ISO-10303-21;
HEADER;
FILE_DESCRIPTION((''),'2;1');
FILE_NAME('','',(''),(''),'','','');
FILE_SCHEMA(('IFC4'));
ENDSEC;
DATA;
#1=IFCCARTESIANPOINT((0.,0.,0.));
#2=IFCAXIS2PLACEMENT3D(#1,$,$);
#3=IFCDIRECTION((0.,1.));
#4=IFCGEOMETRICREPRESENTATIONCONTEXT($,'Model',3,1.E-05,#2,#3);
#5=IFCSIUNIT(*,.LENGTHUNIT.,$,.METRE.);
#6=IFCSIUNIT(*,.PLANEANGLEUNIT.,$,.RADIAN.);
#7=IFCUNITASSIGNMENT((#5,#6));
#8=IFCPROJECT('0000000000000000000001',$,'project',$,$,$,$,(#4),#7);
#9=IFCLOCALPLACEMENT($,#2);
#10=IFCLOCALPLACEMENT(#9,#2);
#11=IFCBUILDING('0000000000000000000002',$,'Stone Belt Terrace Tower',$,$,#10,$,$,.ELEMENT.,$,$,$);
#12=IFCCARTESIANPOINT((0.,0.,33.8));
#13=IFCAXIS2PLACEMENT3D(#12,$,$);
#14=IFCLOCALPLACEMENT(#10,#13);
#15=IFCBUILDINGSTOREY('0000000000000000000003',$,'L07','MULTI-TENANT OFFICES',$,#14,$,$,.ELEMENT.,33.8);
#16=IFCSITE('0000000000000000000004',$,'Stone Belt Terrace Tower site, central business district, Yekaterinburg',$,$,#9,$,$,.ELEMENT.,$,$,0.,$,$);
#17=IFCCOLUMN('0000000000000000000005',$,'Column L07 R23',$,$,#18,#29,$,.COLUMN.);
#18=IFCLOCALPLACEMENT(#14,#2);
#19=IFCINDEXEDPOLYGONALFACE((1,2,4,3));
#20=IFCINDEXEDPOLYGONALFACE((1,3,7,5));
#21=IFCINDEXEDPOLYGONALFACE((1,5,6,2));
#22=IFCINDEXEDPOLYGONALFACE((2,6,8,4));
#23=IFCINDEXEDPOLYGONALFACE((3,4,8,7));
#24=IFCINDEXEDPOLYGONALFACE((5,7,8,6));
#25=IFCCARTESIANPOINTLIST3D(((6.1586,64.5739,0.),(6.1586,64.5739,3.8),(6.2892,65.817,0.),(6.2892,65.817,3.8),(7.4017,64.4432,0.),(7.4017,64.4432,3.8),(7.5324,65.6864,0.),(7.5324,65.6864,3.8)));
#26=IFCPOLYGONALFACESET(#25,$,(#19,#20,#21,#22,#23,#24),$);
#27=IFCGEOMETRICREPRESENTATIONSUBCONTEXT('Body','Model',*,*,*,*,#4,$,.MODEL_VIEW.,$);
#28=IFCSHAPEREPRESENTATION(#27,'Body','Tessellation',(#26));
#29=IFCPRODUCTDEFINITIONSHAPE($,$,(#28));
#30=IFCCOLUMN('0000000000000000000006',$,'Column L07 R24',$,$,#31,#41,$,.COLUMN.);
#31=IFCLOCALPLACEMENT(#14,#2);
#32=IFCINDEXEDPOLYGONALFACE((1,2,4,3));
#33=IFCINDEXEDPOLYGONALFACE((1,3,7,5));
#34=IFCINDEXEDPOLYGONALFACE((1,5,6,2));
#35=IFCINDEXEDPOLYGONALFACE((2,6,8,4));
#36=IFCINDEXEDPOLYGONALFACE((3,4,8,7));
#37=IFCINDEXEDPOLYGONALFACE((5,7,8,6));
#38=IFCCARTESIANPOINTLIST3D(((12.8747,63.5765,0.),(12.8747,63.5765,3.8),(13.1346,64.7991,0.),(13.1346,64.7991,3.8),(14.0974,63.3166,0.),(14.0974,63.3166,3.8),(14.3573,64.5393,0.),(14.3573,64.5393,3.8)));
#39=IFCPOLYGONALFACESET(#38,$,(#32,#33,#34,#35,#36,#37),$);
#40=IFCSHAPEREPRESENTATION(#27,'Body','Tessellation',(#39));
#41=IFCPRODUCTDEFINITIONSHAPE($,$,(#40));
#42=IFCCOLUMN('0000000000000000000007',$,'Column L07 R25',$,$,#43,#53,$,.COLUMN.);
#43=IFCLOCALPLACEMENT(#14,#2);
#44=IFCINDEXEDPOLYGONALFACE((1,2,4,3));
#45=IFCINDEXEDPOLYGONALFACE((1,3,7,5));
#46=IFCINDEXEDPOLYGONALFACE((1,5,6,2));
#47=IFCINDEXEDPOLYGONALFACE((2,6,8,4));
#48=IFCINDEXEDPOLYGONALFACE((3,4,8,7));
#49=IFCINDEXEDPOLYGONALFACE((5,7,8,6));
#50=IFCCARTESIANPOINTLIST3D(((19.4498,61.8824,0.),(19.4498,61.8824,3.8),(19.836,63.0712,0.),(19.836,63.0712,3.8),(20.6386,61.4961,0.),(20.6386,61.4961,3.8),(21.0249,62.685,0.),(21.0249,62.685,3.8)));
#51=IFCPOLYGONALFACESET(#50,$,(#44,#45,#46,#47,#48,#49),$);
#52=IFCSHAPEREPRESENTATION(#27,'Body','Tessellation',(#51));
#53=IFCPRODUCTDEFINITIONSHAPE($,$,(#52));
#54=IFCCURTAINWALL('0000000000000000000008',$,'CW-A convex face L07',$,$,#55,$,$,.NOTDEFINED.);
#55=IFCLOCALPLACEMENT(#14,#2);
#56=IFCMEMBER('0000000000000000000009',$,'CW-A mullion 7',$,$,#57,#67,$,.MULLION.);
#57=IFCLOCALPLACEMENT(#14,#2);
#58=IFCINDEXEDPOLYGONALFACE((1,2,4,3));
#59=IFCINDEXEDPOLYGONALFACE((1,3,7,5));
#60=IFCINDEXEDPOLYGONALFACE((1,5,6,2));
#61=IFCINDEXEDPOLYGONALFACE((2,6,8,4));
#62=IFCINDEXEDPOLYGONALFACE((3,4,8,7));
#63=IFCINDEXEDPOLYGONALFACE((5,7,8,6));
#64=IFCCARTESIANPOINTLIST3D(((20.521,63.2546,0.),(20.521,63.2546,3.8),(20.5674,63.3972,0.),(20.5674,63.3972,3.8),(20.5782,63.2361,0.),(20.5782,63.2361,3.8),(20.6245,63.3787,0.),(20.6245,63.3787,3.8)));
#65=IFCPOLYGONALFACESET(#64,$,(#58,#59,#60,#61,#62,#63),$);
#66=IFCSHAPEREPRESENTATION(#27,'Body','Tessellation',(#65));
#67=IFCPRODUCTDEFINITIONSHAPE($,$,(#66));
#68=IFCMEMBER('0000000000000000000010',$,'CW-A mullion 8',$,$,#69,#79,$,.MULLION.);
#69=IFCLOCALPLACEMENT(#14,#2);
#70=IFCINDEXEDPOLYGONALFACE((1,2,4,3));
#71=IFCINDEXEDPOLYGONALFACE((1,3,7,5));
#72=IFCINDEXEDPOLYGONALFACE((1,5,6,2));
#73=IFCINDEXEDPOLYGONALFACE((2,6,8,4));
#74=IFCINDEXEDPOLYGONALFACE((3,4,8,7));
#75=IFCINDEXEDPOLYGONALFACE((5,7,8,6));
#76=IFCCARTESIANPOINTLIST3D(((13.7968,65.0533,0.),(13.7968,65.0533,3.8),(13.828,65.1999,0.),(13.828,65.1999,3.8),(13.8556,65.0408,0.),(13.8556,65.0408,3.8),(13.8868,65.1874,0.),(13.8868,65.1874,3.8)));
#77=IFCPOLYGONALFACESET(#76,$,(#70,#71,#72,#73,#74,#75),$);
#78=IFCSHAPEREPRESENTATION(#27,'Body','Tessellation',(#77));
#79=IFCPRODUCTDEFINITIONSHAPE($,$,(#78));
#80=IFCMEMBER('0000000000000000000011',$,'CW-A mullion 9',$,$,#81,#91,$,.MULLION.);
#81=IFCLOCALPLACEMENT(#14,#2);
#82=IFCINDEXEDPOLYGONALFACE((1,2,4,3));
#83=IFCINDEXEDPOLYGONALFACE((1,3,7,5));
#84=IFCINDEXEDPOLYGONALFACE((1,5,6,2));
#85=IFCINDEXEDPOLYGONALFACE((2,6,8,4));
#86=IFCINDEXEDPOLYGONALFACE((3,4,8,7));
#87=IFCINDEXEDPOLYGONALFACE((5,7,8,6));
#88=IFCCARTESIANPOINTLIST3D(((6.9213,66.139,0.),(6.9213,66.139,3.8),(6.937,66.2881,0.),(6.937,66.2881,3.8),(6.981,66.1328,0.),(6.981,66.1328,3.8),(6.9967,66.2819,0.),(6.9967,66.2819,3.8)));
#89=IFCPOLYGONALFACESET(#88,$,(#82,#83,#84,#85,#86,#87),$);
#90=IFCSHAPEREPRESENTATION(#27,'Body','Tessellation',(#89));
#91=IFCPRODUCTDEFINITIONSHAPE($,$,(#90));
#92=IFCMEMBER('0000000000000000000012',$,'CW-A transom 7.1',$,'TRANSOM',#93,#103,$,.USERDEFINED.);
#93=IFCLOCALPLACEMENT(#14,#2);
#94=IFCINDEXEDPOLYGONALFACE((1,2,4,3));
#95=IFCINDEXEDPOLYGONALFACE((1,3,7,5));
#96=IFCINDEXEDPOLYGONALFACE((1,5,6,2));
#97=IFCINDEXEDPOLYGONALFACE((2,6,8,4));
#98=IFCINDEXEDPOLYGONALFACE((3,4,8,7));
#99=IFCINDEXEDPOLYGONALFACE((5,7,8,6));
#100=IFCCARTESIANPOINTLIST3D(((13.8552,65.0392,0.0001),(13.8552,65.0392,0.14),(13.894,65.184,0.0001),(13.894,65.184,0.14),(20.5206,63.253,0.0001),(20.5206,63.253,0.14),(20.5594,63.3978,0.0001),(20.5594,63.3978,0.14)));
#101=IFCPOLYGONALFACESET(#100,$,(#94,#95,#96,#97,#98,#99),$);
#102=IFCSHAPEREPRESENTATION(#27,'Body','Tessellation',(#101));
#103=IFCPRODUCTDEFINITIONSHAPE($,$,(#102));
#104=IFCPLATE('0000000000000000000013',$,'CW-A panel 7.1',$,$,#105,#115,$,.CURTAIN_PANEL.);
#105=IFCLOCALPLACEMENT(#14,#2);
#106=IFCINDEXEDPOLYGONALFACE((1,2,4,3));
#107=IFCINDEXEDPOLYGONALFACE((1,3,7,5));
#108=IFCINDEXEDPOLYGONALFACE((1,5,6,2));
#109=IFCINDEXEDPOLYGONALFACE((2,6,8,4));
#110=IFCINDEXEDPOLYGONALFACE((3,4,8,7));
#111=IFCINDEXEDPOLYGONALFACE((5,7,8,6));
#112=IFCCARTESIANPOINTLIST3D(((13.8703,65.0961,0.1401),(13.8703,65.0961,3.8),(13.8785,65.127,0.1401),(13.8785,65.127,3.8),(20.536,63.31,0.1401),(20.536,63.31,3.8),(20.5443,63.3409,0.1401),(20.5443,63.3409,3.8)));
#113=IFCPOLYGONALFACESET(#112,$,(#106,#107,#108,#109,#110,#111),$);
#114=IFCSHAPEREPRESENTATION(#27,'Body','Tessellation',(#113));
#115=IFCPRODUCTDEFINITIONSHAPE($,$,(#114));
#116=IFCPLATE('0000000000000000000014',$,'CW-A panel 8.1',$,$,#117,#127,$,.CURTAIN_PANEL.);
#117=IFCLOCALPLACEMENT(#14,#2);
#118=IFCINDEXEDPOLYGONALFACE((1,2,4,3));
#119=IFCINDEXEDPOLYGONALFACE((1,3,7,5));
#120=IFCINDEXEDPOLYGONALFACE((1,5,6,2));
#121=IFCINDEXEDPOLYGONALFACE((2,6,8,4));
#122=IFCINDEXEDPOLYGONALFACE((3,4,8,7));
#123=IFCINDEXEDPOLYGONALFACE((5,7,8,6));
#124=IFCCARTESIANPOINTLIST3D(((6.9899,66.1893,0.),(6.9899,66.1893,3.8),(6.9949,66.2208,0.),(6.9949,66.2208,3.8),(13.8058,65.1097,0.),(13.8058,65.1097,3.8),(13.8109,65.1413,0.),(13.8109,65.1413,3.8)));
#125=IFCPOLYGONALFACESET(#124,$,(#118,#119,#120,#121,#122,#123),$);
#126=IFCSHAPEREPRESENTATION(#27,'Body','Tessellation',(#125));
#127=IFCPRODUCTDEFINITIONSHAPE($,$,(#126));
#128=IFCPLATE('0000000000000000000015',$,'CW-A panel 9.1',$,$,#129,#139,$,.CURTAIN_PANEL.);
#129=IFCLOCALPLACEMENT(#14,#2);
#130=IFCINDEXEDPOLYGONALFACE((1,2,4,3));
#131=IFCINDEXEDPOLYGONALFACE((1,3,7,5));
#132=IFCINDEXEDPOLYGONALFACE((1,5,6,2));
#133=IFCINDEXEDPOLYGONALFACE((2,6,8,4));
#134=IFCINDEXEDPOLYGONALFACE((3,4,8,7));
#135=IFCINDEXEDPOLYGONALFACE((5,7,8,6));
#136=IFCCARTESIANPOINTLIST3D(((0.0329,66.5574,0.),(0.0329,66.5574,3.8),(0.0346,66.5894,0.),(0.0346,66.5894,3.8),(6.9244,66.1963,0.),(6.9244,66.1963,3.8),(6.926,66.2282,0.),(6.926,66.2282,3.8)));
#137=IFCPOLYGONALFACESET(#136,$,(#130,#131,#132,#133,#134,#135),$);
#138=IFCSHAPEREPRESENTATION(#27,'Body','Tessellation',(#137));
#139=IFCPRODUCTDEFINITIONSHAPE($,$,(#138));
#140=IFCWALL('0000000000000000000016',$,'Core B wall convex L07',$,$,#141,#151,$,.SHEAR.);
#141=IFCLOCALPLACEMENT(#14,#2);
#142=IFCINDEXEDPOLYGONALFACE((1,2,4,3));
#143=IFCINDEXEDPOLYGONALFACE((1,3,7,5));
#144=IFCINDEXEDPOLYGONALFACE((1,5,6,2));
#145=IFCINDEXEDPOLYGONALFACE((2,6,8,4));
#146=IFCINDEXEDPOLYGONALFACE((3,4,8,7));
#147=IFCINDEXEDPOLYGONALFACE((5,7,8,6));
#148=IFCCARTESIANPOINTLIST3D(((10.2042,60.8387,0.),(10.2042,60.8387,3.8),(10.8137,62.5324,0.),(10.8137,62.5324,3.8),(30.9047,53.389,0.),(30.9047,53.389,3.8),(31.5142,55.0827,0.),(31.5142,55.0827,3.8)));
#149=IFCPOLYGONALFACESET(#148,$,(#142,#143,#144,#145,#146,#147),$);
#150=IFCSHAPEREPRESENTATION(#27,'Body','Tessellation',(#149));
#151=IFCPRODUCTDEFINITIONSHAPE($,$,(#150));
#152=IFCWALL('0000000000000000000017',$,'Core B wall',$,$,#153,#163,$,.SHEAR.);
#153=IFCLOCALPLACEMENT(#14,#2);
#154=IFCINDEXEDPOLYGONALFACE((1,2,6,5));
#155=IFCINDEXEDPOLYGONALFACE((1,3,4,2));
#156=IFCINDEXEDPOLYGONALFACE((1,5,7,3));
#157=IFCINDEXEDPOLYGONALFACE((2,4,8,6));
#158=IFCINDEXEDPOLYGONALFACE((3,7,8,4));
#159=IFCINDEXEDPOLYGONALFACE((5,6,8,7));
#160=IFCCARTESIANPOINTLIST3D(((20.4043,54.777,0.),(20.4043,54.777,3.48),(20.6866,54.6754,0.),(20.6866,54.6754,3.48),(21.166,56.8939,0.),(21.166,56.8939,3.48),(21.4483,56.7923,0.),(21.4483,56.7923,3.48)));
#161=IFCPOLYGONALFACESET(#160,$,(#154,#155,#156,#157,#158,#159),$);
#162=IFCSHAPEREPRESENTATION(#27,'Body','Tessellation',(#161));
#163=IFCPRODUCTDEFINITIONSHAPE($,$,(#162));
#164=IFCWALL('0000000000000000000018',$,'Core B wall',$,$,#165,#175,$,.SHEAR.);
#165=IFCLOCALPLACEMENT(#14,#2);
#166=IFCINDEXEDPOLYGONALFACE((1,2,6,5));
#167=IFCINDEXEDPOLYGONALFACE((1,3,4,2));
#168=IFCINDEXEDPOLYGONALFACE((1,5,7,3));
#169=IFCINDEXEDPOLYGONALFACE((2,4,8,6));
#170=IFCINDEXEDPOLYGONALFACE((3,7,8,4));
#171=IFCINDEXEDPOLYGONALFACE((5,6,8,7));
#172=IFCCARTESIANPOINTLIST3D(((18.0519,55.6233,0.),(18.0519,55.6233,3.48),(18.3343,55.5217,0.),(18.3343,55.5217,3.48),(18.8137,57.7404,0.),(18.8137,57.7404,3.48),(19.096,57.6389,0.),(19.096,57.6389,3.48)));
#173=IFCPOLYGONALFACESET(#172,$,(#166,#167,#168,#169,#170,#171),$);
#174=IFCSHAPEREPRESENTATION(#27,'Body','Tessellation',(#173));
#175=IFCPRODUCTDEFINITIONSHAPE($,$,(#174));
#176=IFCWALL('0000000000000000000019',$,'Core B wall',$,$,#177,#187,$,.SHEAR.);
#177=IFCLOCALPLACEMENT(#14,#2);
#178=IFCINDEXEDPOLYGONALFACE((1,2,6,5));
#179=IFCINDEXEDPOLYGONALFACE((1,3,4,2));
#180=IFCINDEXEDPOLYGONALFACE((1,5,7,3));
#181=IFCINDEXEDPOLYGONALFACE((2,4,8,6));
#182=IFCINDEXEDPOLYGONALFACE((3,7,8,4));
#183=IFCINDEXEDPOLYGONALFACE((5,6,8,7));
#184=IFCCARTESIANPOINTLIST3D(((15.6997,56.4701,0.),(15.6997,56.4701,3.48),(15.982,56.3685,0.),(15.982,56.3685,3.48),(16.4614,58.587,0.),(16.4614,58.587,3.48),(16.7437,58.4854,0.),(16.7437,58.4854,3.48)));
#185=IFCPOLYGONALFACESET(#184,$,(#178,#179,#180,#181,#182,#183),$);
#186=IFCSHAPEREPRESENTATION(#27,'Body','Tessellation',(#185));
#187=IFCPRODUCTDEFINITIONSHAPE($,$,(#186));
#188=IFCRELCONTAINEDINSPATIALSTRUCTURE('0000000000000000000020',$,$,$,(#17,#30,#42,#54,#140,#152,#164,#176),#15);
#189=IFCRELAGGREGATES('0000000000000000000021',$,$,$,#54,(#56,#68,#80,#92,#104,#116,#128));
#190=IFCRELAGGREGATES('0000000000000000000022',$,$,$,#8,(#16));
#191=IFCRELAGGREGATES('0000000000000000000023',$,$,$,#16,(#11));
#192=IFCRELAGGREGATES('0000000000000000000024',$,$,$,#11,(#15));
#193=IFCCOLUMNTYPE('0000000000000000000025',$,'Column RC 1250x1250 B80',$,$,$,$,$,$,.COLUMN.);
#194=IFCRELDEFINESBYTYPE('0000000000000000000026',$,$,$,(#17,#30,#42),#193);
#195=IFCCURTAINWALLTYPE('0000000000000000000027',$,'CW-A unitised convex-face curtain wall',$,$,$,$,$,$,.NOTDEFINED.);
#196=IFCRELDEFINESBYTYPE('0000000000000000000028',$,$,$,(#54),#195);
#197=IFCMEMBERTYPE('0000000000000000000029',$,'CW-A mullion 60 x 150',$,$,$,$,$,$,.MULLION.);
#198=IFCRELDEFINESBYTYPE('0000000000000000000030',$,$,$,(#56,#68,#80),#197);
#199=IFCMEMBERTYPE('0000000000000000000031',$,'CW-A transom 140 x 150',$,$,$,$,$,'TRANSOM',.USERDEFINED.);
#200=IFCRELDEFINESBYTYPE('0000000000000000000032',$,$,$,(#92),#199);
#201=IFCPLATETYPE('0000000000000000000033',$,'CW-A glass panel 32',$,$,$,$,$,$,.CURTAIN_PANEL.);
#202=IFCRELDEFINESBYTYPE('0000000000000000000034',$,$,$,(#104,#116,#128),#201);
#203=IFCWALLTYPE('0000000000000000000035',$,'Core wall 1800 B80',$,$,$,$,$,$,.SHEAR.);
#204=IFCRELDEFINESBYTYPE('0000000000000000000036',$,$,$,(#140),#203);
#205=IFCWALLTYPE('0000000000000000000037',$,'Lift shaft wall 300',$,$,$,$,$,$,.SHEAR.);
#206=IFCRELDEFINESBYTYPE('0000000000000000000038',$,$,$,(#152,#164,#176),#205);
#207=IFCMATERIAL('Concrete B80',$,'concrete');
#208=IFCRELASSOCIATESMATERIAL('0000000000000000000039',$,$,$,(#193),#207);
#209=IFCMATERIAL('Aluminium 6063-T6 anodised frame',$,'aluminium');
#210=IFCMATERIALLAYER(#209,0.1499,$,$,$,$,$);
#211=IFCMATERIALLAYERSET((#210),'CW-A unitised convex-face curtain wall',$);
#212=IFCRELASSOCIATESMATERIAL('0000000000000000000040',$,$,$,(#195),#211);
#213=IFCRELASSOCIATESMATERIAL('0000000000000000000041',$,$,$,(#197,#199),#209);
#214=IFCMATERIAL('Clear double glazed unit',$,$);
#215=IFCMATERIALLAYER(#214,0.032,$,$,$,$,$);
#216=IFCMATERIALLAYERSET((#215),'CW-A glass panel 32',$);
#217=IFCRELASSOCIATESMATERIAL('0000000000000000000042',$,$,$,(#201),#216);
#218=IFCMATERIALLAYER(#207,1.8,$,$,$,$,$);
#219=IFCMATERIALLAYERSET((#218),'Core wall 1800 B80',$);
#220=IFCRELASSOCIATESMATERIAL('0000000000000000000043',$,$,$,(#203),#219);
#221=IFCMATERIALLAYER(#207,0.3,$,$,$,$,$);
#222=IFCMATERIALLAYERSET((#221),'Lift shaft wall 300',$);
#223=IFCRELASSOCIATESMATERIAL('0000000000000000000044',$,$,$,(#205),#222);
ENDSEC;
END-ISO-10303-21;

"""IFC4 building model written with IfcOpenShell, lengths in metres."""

from ifc_helpers import new_model, si_unit, direction, frame, frame_2d, origin, origin_2d, place, context, subcontext, project, spatial, rectangle, extrude, material, layer, layer_set, material_profile, profile_set, type_object, element, aggregate, save


model = new_model("IFC4")

# Units and contexts
model_context = context("Model", 3, precision=1e-05, world=origin(), true_north=direction((0.0, 1.0)))
body_context = subcontext(model_context, "Body", "Model", "MODEL_VIEW")
ifc_project = project(units=[si_unit("LENGTHUNIT", "METRE"), si_unit("PLANEANGLEUNIT", "RADIAN")], contexts=[model_context])

# Site, building, storey
site_placement = place(None, origin())
site = spatial("IfcSite", under=ifc_project, at=site_placement, Name="Stone Belt Terrace Tower site, central business district, Yekaterinburg", CompositionType="ELEMENT", RefElevation=0.0)
building_placement = place(site_placement, origin())
building = spatial("IfcBuilding", under=site, at=building_placement, Name="Stone Belt Terrace Tower", CompositionType="ELEMENT")
storey_placement = place(building_placement, frame((0.0, 0.0, 33.8)))
storey = spatial("IfcBuildingStorey", under=building, at=storey_placement, Name="L07", Description="MULTI-TENANT OFFICES", CompositionType="ELEMENT", Elevation=33.8)

# Columns
ifc_material_1 = material(Name="Concrete B80", Category="concrete")
ifc_material_profile_1 = material_profile(ifc_material_1, rectangle(XDim=1.25, YDim=1.25, at=origin_2d()), Name="RC 1250x1250")
ifc_profile_set_1 = profile_set([ifc_material_profile_1], Name="Concrete B80")
column_type = type_object("IfcColumnType", Name="Column RC 1250x1250 B80", PredefinedType="COLUMN", material=ifc_profile_set_1)
for number, where, z_axis, x_axis, name in (
    (1, (6.8455, 65.1301, 0.0), (0.0, 0.0, 1.0), (0.994522, -0.104528, 0.0), "Column L07 R23"),
    (2, (13.616, 64.0579, 0.0), (0.0, 0.0, 1.0), (0.978148, -0.207912, 0.0), "Column L07 R24"),
    (3, (20.2373, 62.2837, 0.0), (0.0, 0.0, 1.0), (0.951057, -0.309017, 0.0), "Column L07 R25"),
):
    element("IfcColumn", number, at=place(storey_placement, frame(where, z_axis=z_axis, x_axis=x_axis)), inside=storey, type_object=column_type, Name=name, PredefinedType="COLUMN", context=body_context, shape_type="SweptSolid", body=[
        extrude(rectangle(XDim=1.25, YDim=1.25, at=origin_2d()), origin(), (0.0, 0.0, 1.0), 3.8),
    ])

# Curtain wall, members, plates
ifc_material_2 = material(Name="Aluminium 6063-T6 anodised frame", Category="aluminium")
ifc_layer_1 = layer(ifc_material_2, 0.1499)
ifc_layer_set_1 = layer_set([ifc_layer_1], Name="CW-A unitised convex-face curtain wall")
curtain_wall_type = type_object("IfcCurtainWallType", Name="CW-A unitised convex-face curtain wall", PredefinedType="NOTDEFINED", material=ifc_layer_set_1)
curtain_wall_placement = place(storey_placement, origin())
curtain_wall = element("IfcCurtainWall", 4, at=curtain_wall_placement, inside=storey, type_object=curtain_wall_type, Name="CW-A convex face L07", PredefinedType="NOTDEFINED")
ifc_material_profile_2 = material_profile(ifc_material_2, rectangle(XDim=0.1499, YDim=0.0601, at=origin_2d()), Name="Aluminium 6063-T6 60x150")
ifc_profile_set_2 = profile_set([ifc_material_profile_2], Name="Aluminium 6063-T6 anodised frame")
member_type_1 = type_object("IfcMemberType", Name="CW-A mullion 60 x 150", PredefinedType="MULLION", material=ifc_profile_set_2)
member_1_placement = place(storey_placement, frame((20.5728, 63.3167, 0.0), z_axis=(0.0, 0.0, 1.0), x_axis=(-0.309017, -0.951057, 0.0)))
member_1 = element("IfcMember", 5, at=member_1_placement, type_object=member_type_1, Name="CW-A mullion 7", PredefinedType="MULLION", context=body_context, shape_type="SweptSolid", body=[
    extrude(rectangle(XDim=0.1499, YDim=0.0601, at=origin_2d()), origin(), (0.0, 0.0, 1.0), 3.8),
])
member_2_placement = place(storey_placement, frame((13.8418, 65.1204, 0.0), z_axis=(0.0, 0.0, 1.0), x_axis=(-0.207912, -0.978148, 0.0)))
member_2 = element("IfcMember", 6, at=member_2_placement, type_object=member_type_1, Name="CW-A mullion 8", PredefinedType="MULLION", context=body_context, shape_type="SweptSolid", body=[
    extrude(rectangle(XDim=0.1499, YDim=0.0601, at=origin_2d()), origin(), (0.0, 0.0, 1.0), 3.8),
])
member_3_placement = place(storey_placement, frame((6.959, 66.2104, 0.0), z_axis=(0.0, 0.0, 1.0), x_axis=(-0.104528, -0.994522, 0.0)))
member_3 = element("IfcMember", 7, at=member_3_placement, type_object=member_type_1, Name="CW-A mullion 9", PredefinedType="MULLION", context=body_context, shape_type="SweptSolid", body=[
    extrude(rectangle(XDim=0.1499, YDim=0.0601, at=origin_2d()), origin(), (0.0, 0.0, 1.0), 3.8),
])
ifc_material_profile_3 = material_profile(ifc_material_2, rectangle(XDim=0.1499, YDim=0.1399, at=origin_2d()), Name="Aluminium 6063-T6 150x140")
ifc_profile_set_3 = profile_set([ifc_material_profile_3], Name="Aluminium 6063-T6 anodised frame")
member_type_2 = type_object("IfcMemberType", Name="CW-A transom 140 x 150", ElementType="TRANSOM", PredefinedType="USERDEFINED", material=ifc_profile_set_3)
member_4_placement = place(storey_placement, frame((20.54, 63.3254, 0.0701), z_axis=(-0.965922, 0.258834, 0.0), x_axis=(-0.258834, -0.965922, 0.0)))
member_4 = element("IfcMember", 8, at=member_4_placement, type_object=member_type_2, Name="CW-A transom 7.1", ObjectType="TRANSOM", PredefinedType="USERDEFINED", context=body_context, shape_type="SweptSolid", body=[
    extrude(rectangle(XDim=0.1499, YDim=0.1399, at=origin_2d()), origin(), (0.0, 0.0, 1.0), 6.9006),
])
ifc_material_3 = material(Name="Clear double glazed unit")
ifc_layer_2 = layer(ifc_material_3, 0.032)
ifc_layer_set_2 = layer_set([ifc_layer_2], Name="CW-A glass panel 32")
plate_type = type_object("IfcPlateType", Name="CW-A glass panel 32", PredefinedType="CURTAIN_PANEL", material=ifc_layer_set_2)
plate_1_placement = place(storey_placement, frame((17.2073, 64.2185, 0.1401), z_axis=(0.0, 0.0, 1.0), x_axis=(-0.965926, 0.258819, 0.0)))
plate_1 = element("IfcPlate", 9, at=plate_1_placement, type_object=plate_type, Name="CW-A panel 7.1", PredefinedType="CURTAIN_PANEL", context=body_context, shape_type="SweptSolid", body=[
    extrude(rectangle(XDim=6.9009, YDim=0.032, at=origin_2d()), origin(), (0.0, 0.0, 1.0), 3.6599),
])
plate_2_placement = place(storey_placement, frame((10.4004, 65.6653, 0.0), z_axis=(0.0, 0.0, 1.0), x_axis=(-0.987688, 0.156434, 0.0)))
plate_2 = element("IfcPlate", 10, at=plate_2_placement, type_object=plate_type, Name="CW-A panel 8.1", PredefinedType="CURTAIN_PANEL", context=body_context, shape_type="SweptSolid", body=[
    extrude(rectangle(XDim=6.9009, YDim=0.032, at=origin_2d()), origin(), (0.0, 0.0, 1.0), 3.8),
])
plate_3_placement = place(storey_placement, frame((3.4795, 66.3928, 0.0), z_axis=(0.0, 0.0, 1.0), x_axis=(-0.99863, 0.052336, 0.0)))
plate_3 = element("IfcPlate", 11, at=plate_3_placement, type_object=plate_type, Name="CW-A panel 9.1", PredefinedType="CURTAIN_PANEL", context=body_context, shape_type="SweptSolid", body=[
    extrude(rectangle(XDim=6.9009, YDim=0.032, at=origin_2d()), origin(), (0.0, 0.0, 1.0), 3.8),
])
aggregate(curtain_wall, [member_1, member_2, member_3, member_4, plate_1, plate_2, plate_3])

# Walls
ifc_layer_3 = layer(ifc_material_1, 1.8)
ifc_layer_set_3 = layer_set([ifc_layer_3], Name="Core wall 1800 B80")
wall_type_1 = type_object("IfcWallType", Name="Core wall 1800 B80", PredefinedType="SHEAR", material=ifc_layer_set_3)
wall_1_placement = place(storey_placement, frame((10.509, 61.6855, 0.0), z_axis=(0.0, 0.0, 1.0), x_axis=(0.940923, -0.338621, 0.0)))
element("IfcWall", 12, at=wall_1_placement, inside=storey, type_object=wall_type_1, Name="Core B wall convex L07", PredefinedType="SHEAR", context=body_context, shape_type="SweptSolid", body=[
    extrude(rectangle(XDim=22.0002, YDim=1.8, at=frame_2d((11.0, 0.0))), origin(), (0.0, 0.0, 1.0), 3.8),
])
ifc_layer_4 = layer(ifc_material_1, 0.3)
ifc_layer_set_4 = layer_set([ifc_layer_4], Name="Lift shaft wall 300")
wall_type_2 = type_object("IfcWallType", Name="Lift shaft wall 300", PredefinedType="SHEAR", material=ifc_layer_set_4)
wall_2_placement = place(storey_placement, frame((20.5454, 54.7261, 0.0), z_axis=(0.0, 0.0, 1.0), x_axis=(0.33857, 0.940941, 0.0)))
element("IfcWall", 13, at=wall_2_placement, inside=storey, type_object=wall_type_2, Name="Core B wall", PredefinedType="SHEAR", context=body_context, shape_type="SweptSolid", body=[
    extrude(rectangle(XDim=2.2498, YDim=0.3, at=frame_2d((1.125, 0.0))), origin(), (0.0, 0.0, 1.0), 3.48),
])
wall_3_placement = place(storey_placement, frame((18.1931, 55.5725, 0.0), z_axis=(0.0, 0.0, 1.0), x_axis=(0.338535, 0.940954, 0.0)))
element("IfcWall", 14, at=wall_3_placement, inside=storey, type_object=wall_type_2, Name="Core B wall", PredefinedType="SHEAR", context=body_context, shape_type="SweptSolid", body=[
    extrude(rectangle(XDim=2.25, YDim=0.3, at=frame_2d((1.125, 0.0))), origin(), (0.0, 0.0, 1.0), 3.48),
])
wall_4_placement = place(storey_placement, frame((15.8408, 56.4192, 0.0), z_axis=(0.0, 0.0, 1.0), x_axis=(0.33857, 0.940941, 0.0)))
element("IfcWall", 15, at=wall_4_placement, inside=storey, type_object=wall_type_2, Name="Core B wall", PredefinedType="SHEAR", context=body_context, shape_type="SweptSolid", body=[
    extrude(rectangle(XDim=2.2498, YDim=0.3, at=frame_2d((1.125, 0.0))), origin(), (0.0, 0.0, 1.0), 3.48),
])

save(model, "model.ifc")
